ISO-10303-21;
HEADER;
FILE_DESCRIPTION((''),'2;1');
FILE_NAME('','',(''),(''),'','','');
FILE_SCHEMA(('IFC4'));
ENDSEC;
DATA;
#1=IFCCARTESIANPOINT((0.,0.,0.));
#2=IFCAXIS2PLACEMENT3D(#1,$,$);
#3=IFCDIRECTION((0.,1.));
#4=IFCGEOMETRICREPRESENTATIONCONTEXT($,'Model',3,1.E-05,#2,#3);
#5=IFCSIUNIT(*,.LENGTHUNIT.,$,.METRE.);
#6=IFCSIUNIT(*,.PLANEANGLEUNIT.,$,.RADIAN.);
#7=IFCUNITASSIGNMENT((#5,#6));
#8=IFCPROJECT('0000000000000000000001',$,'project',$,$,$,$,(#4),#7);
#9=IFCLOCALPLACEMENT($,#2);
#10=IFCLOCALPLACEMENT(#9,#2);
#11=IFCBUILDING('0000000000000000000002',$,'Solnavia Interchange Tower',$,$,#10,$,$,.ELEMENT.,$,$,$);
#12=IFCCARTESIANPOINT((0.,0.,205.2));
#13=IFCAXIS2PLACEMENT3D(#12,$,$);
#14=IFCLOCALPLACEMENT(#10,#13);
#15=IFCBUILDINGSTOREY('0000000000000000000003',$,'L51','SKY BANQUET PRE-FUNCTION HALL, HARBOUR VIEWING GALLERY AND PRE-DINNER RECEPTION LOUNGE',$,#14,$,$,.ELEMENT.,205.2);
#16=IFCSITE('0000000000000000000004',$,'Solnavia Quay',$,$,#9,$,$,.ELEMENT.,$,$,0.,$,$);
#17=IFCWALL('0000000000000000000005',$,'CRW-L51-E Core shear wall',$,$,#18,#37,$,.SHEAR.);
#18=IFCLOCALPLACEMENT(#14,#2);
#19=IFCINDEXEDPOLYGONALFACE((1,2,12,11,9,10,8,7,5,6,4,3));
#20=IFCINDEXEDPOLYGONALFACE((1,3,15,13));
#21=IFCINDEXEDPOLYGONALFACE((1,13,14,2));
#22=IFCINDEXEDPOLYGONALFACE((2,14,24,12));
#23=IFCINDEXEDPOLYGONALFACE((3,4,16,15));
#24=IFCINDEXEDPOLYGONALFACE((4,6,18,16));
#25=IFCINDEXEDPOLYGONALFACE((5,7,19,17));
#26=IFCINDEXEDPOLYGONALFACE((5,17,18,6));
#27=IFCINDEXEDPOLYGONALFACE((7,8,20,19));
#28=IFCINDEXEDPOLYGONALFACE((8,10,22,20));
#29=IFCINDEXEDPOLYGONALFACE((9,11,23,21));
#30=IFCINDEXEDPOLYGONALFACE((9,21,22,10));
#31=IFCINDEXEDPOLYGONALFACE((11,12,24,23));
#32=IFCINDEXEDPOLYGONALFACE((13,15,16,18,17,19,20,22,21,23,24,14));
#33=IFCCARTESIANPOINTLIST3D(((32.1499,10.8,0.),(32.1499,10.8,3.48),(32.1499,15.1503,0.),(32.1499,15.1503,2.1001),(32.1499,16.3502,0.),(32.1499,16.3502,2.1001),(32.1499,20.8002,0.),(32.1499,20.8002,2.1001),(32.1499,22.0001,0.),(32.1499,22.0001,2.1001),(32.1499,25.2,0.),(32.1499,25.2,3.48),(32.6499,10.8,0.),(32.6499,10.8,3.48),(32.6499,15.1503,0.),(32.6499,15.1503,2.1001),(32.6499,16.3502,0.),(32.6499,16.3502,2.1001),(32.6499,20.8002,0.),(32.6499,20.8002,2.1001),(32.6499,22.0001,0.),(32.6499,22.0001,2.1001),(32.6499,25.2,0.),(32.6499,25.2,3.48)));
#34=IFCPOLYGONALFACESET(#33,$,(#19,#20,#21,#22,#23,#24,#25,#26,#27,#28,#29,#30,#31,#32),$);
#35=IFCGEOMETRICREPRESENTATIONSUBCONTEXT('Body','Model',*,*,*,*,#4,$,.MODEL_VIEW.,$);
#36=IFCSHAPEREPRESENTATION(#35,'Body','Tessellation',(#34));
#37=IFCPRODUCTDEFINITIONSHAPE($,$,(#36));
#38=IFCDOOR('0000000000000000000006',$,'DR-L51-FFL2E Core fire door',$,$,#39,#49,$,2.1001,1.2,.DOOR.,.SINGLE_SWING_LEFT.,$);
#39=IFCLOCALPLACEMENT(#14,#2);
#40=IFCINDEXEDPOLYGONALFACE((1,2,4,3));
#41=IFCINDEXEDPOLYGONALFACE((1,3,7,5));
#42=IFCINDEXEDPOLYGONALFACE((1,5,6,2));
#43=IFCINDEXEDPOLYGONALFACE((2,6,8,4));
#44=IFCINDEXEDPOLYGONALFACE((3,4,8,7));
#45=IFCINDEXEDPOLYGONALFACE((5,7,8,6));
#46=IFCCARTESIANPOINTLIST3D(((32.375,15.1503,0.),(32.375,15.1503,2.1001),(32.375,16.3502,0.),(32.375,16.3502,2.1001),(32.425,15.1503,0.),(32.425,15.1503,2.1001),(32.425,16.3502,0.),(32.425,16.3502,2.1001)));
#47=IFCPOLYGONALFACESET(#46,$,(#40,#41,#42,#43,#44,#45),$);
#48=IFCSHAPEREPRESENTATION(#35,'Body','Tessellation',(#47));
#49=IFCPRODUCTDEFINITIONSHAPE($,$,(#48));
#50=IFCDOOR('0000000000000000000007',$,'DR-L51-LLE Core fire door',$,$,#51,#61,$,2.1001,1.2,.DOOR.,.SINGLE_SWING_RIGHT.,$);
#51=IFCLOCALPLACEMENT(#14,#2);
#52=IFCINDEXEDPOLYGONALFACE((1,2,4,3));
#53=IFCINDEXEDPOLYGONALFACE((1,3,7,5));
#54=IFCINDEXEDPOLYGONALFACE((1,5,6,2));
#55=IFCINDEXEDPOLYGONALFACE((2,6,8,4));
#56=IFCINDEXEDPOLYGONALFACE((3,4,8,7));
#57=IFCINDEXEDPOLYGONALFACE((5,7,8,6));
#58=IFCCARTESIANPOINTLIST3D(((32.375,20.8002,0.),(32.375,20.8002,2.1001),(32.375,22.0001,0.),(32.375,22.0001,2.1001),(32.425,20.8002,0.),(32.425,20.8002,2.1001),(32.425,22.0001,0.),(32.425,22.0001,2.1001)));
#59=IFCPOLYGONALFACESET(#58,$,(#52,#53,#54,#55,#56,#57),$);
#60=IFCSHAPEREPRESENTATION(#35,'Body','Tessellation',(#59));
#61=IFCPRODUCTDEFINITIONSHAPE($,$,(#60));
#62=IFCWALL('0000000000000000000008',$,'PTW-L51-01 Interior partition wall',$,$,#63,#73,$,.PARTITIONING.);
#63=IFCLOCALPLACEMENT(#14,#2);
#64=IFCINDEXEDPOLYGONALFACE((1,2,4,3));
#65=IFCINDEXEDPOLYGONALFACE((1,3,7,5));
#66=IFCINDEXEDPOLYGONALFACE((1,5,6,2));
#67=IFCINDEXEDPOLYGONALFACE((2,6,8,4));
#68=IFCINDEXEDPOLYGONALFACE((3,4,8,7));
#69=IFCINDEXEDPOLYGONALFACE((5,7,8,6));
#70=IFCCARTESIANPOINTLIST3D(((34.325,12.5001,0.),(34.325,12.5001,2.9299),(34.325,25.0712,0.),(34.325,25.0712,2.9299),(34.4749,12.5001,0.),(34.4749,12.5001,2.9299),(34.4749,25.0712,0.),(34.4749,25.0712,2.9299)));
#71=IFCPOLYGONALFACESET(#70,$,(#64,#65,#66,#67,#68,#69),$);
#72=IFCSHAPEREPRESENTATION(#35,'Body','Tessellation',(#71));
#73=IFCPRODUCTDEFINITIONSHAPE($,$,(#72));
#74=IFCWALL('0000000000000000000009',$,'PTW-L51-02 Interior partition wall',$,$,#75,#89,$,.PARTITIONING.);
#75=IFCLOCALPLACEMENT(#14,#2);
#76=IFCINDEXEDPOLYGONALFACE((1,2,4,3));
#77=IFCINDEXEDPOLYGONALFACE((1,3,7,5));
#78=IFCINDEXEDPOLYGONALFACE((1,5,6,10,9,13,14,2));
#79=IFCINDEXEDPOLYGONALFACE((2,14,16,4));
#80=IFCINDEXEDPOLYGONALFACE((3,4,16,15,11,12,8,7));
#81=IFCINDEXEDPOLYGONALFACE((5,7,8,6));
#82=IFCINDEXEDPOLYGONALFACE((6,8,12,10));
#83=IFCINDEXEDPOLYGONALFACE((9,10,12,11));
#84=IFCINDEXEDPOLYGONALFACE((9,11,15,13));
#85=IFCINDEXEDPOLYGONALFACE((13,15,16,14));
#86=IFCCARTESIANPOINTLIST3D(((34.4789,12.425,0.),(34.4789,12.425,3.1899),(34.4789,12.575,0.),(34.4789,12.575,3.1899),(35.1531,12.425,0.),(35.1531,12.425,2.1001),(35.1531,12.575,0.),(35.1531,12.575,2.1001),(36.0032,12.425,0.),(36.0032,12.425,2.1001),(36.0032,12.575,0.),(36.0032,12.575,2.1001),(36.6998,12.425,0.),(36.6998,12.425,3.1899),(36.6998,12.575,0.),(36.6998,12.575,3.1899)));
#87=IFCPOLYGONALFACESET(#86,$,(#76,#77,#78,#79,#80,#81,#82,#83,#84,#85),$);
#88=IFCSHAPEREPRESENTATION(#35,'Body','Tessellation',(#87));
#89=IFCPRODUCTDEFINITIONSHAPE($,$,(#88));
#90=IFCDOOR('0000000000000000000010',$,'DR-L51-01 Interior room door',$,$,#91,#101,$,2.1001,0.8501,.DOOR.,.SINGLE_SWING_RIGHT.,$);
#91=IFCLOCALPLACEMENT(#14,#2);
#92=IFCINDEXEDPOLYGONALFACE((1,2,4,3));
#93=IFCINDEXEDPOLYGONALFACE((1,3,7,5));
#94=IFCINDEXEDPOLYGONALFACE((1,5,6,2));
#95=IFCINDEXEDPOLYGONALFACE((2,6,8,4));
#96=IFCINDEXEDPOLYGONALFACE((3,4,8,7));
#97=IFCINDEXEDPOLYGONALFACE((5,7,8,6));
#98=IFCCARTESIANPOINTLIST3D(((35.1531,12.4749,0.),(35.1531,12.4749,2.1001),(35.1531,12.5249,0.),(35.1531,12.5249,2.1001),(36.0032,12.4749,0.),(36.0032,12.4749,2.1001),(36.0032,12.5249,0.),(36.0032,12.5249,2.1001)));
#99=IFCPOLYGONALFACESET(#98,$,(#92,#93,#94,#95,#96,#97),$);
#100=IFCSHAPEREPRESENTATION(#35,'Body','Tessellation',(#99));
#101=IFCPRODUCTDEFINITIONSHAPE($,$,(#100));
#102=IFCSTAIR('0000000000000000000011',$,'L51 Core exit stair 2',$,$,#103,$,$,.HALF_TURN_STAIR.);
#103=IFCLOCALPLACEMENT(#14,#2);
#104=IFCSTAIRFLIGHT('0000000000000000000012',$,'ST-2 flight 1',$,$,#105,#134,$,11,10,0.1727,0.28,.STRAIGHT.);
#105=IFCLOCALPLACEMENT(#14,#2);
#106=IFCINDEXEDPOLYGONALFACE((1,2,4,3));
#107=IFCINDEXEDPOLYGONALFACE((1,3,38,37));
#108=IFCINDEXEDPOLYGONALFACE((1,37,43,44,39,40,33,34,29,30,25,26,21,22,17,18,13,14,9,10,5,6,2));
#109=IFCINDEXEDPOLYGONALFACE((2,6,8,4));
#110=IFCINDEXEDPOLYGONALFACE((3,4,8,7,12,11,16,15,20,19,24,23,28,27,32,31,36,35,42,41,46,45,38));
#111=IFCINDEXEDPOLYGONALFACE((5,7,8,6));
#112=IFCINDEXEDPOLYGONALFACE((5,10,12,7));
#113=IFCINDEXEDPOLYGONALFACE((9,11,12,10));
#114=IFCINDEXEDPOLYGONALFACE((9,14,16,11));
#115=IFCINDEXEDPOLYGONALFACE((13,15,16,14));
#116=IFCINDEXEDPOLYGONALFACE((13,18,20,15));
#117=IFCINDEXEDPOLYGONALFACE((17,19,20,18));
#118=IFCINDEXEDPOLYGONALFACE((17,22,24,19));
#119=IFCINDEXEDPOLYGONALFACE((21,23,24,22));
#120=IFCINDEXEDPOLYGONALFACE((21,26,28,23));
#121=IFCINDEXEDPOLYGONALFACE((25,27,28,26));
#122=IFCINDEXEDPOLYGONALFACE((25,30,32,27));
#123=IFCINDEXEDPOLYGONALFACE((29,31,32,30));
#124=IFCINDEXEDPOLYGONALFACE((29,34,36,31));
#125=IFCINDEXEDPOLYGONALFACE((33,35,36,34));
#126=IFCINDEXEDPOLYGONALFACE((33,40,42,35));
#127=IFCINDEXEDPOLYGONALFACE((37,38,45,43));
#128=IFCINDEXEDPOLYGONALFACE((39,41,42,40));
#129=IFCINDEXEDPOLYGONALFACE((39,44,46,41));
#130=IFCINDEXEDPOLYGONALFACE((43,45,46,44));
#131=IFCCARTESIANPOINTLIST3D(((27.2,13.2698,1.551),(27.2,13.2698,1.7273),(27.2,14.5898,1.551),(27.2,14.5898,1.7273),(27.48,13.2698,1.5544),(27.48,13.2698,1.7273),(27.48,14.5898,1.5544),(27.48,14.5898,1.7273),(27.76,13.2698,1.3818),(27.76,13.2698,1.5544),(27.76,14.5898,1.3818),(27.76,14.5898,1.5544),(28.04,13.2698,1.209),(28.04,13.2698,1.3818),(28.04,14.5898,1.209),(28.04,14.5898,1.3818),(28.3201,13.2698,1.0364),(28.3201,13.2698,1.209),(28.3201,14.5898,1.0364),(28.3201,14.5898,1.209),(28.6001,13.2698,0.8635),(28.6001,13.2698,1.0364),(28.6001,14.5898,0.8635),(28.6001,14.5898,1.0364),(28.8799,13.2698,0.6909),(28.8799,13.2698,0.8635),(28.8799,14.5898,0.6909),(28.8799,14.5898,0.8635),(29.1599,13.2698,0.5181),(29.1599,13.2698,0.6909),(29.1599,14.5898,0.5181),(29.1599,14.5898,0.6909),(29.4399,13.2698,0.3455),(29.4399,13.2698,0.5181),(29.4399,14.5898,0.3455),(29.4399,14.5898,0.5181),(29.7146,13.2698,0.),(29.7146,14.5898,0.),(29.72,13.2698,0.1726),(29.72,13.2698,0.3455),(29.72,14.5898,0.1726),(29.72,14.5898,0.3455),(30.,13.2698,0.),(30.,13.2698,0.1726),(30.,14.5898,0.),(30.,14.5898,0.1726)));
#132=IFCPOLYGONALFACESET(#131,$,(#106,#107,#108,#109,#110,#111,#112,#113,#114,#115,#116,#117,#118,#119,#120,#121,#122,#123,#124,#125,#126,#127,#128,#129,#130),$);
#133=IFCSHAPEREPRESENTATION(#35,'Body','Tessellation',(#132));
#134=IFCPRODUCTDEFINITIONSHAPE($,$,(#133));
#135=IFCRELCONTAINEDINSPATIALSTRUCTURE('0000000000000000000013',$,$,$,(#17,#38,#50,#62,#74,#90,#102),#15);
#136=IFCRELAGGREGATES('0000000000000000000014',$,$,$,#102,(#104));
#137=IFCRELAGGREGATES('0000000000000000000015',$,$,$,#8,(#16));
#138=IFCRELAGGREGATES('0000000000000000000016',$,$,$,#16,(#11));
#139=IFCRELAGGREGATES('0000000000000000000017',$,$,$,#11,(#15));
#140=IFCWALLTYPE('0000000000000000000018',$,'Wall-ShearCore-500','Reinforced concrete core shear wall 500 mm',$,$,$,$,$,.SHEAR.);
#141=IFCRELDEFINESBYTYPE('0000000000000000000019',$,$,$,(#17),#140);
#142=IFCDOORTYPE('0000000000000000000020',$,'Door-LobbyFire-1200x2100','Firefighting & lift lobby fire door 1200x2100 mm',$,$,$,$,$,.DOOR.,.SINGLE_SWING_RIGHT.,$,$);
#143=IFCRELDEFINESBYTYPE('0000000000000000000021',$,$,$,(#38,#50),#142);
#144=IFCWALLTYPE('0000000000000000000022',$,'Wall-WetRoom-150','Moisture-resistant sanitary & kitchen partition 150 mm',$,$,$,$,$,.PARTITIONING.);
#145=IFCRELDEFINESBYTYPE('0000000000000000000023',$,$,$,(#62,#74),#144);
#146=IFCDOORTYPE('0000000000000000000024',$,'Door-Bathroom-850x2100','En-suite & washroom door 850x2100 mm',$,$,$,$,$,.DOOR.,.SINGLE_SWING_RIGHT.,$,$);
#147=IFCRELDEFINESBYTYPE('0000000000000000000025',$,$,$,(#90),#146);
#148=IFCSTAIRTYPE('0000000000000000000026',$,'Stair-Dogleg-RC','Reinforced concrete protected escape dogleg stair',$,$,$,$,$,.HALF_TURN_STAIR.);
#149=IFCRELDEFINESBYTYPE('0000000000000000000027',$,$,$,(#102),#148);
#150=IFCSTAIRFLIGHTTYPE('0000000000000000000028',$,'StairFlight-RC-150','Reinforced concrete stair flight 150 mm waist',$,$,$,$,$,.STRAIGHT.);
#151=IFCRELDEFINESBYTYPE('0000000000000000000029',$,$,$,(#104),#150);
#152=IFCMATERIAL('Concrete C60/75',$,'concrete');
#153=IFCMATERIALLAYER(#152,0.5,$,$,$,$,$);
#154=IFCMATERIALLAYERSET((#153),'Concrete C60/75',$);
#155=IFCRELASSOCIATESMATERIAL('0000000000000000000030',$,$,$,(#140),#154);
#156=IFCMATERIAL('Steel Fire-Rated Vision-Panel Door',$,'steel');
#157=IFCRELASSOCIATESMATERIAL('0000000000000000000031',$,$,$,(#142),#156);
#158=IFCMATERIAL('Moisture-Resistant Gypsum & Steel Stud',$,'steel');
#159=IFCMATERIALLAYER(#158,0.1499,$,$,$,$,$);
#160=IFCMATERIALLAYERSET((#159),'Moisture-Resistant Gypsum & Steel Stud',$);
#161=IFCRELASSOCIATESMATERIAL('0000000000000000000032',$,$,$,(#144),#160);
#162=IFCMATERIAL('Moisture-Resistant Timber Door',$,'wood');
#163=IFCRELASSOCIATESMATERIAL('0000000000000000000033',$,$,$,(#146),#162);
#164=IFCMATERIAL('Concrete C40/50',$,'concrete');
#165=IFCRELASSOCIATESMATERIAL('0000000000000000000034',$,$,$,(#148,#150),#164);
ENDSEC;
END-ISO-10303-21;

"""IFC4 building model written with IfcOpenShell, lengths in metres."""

from ifc_helpers import new_model, si_unit, direction, frame, frame_2d, origin, place, context, subcontext, project, spatial, polyline, rectangle, outline, extrude, material, layer, layer_set, type_object, element, fill, aggregate, save


model = new_model("IFC4")

# Units and contexts
model_context = context("Model", 3, precision=1e-05, world=origin(), true_north=direction((0.0, 1.0)))
body_context = subcontext(model_context, "Body", "Model", "MODEL_VIEW")
ifc_project = project(units=[si_unit("LENGTHUNIT", "METRE"), si_unit("PLANEANGLEUNIT", "RADIAN")], contexts=[model_context])

# Site, building, storey
site_placement = place(None, origin())
site = spatial("IfcSite", under=ifc_project, at=site_placement, Name="Solnavia Quay", CompositionType="ELEMENT", RefElevation=0.0)
building_placement = place(site_placement, origin())
building = spatial("IfcBuilding", under=site, at=building_placement, Name="Solnavia Interchange Tower", CompositionType="ELEMENT")
storey_placement = place(building_placement, frame((0.0, 0.0, 205.2)))
storey = spatial("IfcBuildingStorey", under=building, at=storey_placement, Name="L51", Description="SKY BANQUET PRE-FUNCTION HALL, HARBOUR VIEWING GALLERY AND PRE-DINNER RECEPTION LOUNGE", CompositionType="ELEMENT", Elevation=205.2)

# Shared definitions
ifc_material_1 = material(Name="Concrete C40/50", Category="concrete")

# Wall, openings, doors
ifc_material_2 = material(Name="Concrete C60/75", Category="concrete")
ifc_layer_1 = layer(ifc_material_2, 0.5)
ifc_layer_set_1 = layer_set([ifc_layer_1], Name="Concrete C60/75")
wall_type_1 = type_object("IfcWallType", Name="Wall-ShearCore-500", Description="Reinforced concrete core shear wall 500 mm", PredefinedType="SHEAR", material=ifc_layer_set_1)
wall_1_placement = place(storey_placement, frame((32.3999, 10.8, 0.0), z_axis=(0.0, 0.0, 1.0), x_axis=(0.0, 1.0, 0.0)))
wall_1 = element("IfcWall", 1, at=wall_1_placement, inside=storey, type_object=wall_type_1, Name="CRW-L51-E Core shear wall", PredefinedType="SHEAR", context=body_context, shape_type="SweptSolid", body=[
    extrude(rectangle(XDim=14.3999, YDim=0.5, at=frame_2d((7.2, 0.0))), origin(), (0.0, 0.0, 1.0), 3.48),
])
opening_1_placement = place(wall_1_placement, frame((4.3501, 0.0, 0.0)))
opening_1 = element("IfcOpeningElement", 2, at=opening_1_placement, cuts=wall_1, PredefinedType="OPENING", context=body_context, shape_type="SweptSolid", body=[
    extrude(rectangle(XDim=1.2, YDim=2.1001, at=frame_2d((0.6001, 1.05))), frame((0.0, 0.26, 0.0), z_axis=(0.0, -1.0, 0.0), x_axis=(1.0, 0.0, 0.0)), (0.0, 0.0, 1.0), 0.52),
])
opening_2_placement = place(wall_1_placement, frame((10.0, 0.0, 0.0)))
opening_2 = element("IfcOpeningElement", 3, at=opening_2_placement, cuts=wall_1, PredefinedType="OPENING", context=body_context, shape_type="SweptSolid", body=[
    extrude(rectangle(XDim=1.2, YDim=2.1001, at=frame_2d((0.6001, 1.05))), frame((0.0, 0.26, 0.0), z_axis=(0.0, -1.0, 0.0), x_axis=(1.0, 0.0, 0.0)), (0.0, 0.0, 1.0), 0.52),
])
ifc_material_3 = material(Name="Steel Fire-Rated Vision-Panel Door", Category="steel")
door_type_1 = type_object("IfcDoorType", Name="Door-LobbyFire-1200x2100", Description="Firefighting & lift lobby fire door 1200x2100 mm", OperationType="SINGLE_SWING_RIGHT", PredefinedType="DOOR", material=ifc_material_3)
door_1_placement = place(opening_1_placement, origin())
door_1 = element("IfcDoor", 4, at=door_1_placement, inside=storey, type_object=door_type_1, Name="DR-L51-FFL2E Core fire door", OperationType="SINGLE_SWING_LEFT", OverallHeight=2.1001, OverallWidth=1.2, PredefinedType="DOOR", context=body_context, shape_type="SweptSolid", body=[
    extrude(rectangle(XDim=1.2, YDim=2.1001, at=frame_2d((0.6001, 1.05))), frame((0.0, 0.0249, 0.0), z_axis=(0.0, -1.0, 0.0), x_axis=(1.0, 0.0, 0.0)), (0.0, 0.0, 1.0), 0.05),
])
fill(opening_1, door_1)
door_2_placement = place(opening_2_placement, origin())
door_2 = element("IfcDoor", 5, at=door_2_placement, inside=storey, type_object=door_type_1, Name="DR-L51-LLE Core fire door", OperationType="SINGLE_SWING_RIGHT", OverallHeight=2.1001, OverallWidth=1.2, PredefinedType="DOOR", context=body_context, shape_type="SweptSolid", body=[
    extrude(rectangle(XDim=1.2, YDim=2.1001, at=frame_2d((0.6001, 1.05))), frame((0.0, 0.0249, 0.0), z_axis=(0.0, -1.0, 0.0), x_axis=(1.0, 0.0, 0.0)), (0.0, 0.0, 1.0), 0.05),
])
fill(opening_2, door_2)

# Wall
ifc_material_4 = material(Name="Moisture-Resistant Gypsum & Steel Stud", Category="steel")
ifc_layer_2 = layer(ifc_material_4, 0.1499)
ifc_layer_set_2 = layer_set([ifc_layer_2], Name="Moisture-Resistant Gypsum & Steel Stud")
wall_type_2 = type_object("IfcWallType", Name="Wall-WetRoom-150", Description="Moisture-resistant sanitary & kitchen partition 150 mm", PredefinedType="PARTITIONING", material=ifc_layer_set_2)
wall_2_placement = place(storey_placement, frame((34.3999, 12.5, 0.0), z_axis=(0.0, 0.0, 1.0), x_axis=(0.0, 1.0, 0.0)))
element("IfcWall", 6, at=wall_2_placement, inside=storey, type_object=wall_type_2, Name="PTW-L51-01 Interior partition wall", PredefinedType="PARTITIONING", context=body_context, shape_type="SweptSolid", body=[
    extrude(rectangle(XDim=12.571, YDim=0.1499, at=frame_2d((6.2856, 0.0))), origin(), (0.0, 0.0, 1.0), 2.9299),
])

# Wall, opening, door
wall_3_placement = place(storey_placement, frame((34.479, 12.5, 0.0), z_axis=(0.0, 0.0, 1.0), x_axis=(1.0, 0.0, 0.0)))
wall_3 = element("IfcWall", 7, at=wall_3_placement, inside=storey, type_object=wall_type_2, Name="PTW-L51-02 Interior partition wall", PredefinedType="PARTITIONING", context=body_context, shape_type="SweptSolid", body=[
    extrude(rectangle(XDim=2.2209, YDim=0.1499, at=frame_2d((1.1104, 0.0))), origin(), (0.0, 0.0, 1.0), 3.1899),
])
opening_3_placement = place(wall_3_placement, frame((0.6741, 0.0, 0.0)))
opening_3 = element("IfcOpeningElement", 8, at=opening_3_placement, cuts=wall_3, PredefinedType="OPENING", context=body_context, shape_type="SweptSolid", body=[
    extrude(rectangle(XDim=0.8501, YDim=2.1001, at=frame_2d((0.425, 1.05))), frame((0.0, 0.085, 0.0), z_axis=(0.0, -1.0, 0.0), x_axis=(1.0, 0.0, 0.0)), (0.0, 0.0, 1.0), 0.1699),
])
ifc_material_5 = material(Name="Moisture-Resistant Timber Door", Category="wood")
door_type_2 = type_object("IfcDoorType", Name="Door-Bathroom-850x2100", Description="En-suite & washroom door 850x2100 mm", OperationType="SINGLE_SWING_RIGHT", PredefinedType="DOOR", material=ifc_material_5)
door_3_placement = place(opening_3_placement, origin())
door_3 = element("IfcDoor", 9, at=door_3_placement, inside=storey, type_object=door_type_2, Name="DR-L51-01 Interior room door", OperationType="SINGLE_SWING_RIGHT", OverallHeight=2.1001, OverallWidth=0.8501, PredefinedType="DOOR", context=body_context, shape_type="SweptSolid", body=[
    extrude(rectangle(XDim=0.8501, YDim=2.1001, at=frame_2d((0.425, 1.05))), frame((0.0, 0.0249, 0.0), z_axis=(0.0, -1.0, 0.0), x_axis=(1.0, 0.0, 0.0)), (0.0, 0.0, 1.0), 0.05),
])
fill(opening_3, door_3)

# Stair, stair flight
stair_type = type_object("IfcStairType", Name="Stair-Dogleg-RC", Description="Reinforced concrete protected escape dogleg stair", PredefinedType="HALF_TURN_STAIR", material=ifc_material_1)
stair_placement = place(storey_placement, origin())
stair = element("IfcStair", 10, at=stair_placement, inside=storey, type_object=stair_type, Name="L51 Core exit stair 2", PredefinedType="HALF_TURN_STAIR")
stair_flight_type = type_object("IfcStairFlightType", Name="StairFlight-RC-150", Description="Reinforced concrete stair flight 150 mm waist", PredefinedType="STRAIGHT", material=ifc_material_1)
stair_flight_placement = place(storey_placement, frame((30.0, 13.9299, 0.0), z_axis=(0.0, 0.0, 1.0), x_axis=(-1.0, 0.0, 0.0)))
stair_flight = element("IfcStairFlight", 11, at=stair_flight_placement, type_object=stair_flight_type, Name="ST-2 flight 1", NumberOfRisers=11, NumberOfTreads=10, PredefinedType="STRAIGHT", RiserHeight=0.1727, TreadLength=0.28, context=body_context, shape_type="SweptSolid", body=[
    extrude(outline(polyline([(0.0, 0.0), (0.0, 0.1726), (0.28, 0.1726), (0.28, 0.3455), (0.5601, 0.3455), (0.5601, 0.5181), (0.8401, 0.5181), (0.8401, 0.6909), (1.1201, 0.6909), (1.1201, 0.8635), (1.3999, 0.8635), (1.3999, 1.0364), (1.6799, 1.0364), (1.6799, 1.209), (1.96, 1.209), (1.96, 1.3818), (2.24, 1.3818), (2.24, 1.5544), (2.52, 1.5544), (2.52, 1.7273), (2.8, 1.7273), (2.8, 1.8999), (2.8, 1.551), (0.2854, 0.0), (0.0, 0.0)])), frame((0.0, 0.6602, 0.0), z_axis=(0.0, -1.0, 0.0), x_axis=(1.0, 0.0, 0.0)), (0.0, 0.0, 1.0), 1.3201),
])
aggregate(stair, [stair_flight])

save(model, "model.ifc")
